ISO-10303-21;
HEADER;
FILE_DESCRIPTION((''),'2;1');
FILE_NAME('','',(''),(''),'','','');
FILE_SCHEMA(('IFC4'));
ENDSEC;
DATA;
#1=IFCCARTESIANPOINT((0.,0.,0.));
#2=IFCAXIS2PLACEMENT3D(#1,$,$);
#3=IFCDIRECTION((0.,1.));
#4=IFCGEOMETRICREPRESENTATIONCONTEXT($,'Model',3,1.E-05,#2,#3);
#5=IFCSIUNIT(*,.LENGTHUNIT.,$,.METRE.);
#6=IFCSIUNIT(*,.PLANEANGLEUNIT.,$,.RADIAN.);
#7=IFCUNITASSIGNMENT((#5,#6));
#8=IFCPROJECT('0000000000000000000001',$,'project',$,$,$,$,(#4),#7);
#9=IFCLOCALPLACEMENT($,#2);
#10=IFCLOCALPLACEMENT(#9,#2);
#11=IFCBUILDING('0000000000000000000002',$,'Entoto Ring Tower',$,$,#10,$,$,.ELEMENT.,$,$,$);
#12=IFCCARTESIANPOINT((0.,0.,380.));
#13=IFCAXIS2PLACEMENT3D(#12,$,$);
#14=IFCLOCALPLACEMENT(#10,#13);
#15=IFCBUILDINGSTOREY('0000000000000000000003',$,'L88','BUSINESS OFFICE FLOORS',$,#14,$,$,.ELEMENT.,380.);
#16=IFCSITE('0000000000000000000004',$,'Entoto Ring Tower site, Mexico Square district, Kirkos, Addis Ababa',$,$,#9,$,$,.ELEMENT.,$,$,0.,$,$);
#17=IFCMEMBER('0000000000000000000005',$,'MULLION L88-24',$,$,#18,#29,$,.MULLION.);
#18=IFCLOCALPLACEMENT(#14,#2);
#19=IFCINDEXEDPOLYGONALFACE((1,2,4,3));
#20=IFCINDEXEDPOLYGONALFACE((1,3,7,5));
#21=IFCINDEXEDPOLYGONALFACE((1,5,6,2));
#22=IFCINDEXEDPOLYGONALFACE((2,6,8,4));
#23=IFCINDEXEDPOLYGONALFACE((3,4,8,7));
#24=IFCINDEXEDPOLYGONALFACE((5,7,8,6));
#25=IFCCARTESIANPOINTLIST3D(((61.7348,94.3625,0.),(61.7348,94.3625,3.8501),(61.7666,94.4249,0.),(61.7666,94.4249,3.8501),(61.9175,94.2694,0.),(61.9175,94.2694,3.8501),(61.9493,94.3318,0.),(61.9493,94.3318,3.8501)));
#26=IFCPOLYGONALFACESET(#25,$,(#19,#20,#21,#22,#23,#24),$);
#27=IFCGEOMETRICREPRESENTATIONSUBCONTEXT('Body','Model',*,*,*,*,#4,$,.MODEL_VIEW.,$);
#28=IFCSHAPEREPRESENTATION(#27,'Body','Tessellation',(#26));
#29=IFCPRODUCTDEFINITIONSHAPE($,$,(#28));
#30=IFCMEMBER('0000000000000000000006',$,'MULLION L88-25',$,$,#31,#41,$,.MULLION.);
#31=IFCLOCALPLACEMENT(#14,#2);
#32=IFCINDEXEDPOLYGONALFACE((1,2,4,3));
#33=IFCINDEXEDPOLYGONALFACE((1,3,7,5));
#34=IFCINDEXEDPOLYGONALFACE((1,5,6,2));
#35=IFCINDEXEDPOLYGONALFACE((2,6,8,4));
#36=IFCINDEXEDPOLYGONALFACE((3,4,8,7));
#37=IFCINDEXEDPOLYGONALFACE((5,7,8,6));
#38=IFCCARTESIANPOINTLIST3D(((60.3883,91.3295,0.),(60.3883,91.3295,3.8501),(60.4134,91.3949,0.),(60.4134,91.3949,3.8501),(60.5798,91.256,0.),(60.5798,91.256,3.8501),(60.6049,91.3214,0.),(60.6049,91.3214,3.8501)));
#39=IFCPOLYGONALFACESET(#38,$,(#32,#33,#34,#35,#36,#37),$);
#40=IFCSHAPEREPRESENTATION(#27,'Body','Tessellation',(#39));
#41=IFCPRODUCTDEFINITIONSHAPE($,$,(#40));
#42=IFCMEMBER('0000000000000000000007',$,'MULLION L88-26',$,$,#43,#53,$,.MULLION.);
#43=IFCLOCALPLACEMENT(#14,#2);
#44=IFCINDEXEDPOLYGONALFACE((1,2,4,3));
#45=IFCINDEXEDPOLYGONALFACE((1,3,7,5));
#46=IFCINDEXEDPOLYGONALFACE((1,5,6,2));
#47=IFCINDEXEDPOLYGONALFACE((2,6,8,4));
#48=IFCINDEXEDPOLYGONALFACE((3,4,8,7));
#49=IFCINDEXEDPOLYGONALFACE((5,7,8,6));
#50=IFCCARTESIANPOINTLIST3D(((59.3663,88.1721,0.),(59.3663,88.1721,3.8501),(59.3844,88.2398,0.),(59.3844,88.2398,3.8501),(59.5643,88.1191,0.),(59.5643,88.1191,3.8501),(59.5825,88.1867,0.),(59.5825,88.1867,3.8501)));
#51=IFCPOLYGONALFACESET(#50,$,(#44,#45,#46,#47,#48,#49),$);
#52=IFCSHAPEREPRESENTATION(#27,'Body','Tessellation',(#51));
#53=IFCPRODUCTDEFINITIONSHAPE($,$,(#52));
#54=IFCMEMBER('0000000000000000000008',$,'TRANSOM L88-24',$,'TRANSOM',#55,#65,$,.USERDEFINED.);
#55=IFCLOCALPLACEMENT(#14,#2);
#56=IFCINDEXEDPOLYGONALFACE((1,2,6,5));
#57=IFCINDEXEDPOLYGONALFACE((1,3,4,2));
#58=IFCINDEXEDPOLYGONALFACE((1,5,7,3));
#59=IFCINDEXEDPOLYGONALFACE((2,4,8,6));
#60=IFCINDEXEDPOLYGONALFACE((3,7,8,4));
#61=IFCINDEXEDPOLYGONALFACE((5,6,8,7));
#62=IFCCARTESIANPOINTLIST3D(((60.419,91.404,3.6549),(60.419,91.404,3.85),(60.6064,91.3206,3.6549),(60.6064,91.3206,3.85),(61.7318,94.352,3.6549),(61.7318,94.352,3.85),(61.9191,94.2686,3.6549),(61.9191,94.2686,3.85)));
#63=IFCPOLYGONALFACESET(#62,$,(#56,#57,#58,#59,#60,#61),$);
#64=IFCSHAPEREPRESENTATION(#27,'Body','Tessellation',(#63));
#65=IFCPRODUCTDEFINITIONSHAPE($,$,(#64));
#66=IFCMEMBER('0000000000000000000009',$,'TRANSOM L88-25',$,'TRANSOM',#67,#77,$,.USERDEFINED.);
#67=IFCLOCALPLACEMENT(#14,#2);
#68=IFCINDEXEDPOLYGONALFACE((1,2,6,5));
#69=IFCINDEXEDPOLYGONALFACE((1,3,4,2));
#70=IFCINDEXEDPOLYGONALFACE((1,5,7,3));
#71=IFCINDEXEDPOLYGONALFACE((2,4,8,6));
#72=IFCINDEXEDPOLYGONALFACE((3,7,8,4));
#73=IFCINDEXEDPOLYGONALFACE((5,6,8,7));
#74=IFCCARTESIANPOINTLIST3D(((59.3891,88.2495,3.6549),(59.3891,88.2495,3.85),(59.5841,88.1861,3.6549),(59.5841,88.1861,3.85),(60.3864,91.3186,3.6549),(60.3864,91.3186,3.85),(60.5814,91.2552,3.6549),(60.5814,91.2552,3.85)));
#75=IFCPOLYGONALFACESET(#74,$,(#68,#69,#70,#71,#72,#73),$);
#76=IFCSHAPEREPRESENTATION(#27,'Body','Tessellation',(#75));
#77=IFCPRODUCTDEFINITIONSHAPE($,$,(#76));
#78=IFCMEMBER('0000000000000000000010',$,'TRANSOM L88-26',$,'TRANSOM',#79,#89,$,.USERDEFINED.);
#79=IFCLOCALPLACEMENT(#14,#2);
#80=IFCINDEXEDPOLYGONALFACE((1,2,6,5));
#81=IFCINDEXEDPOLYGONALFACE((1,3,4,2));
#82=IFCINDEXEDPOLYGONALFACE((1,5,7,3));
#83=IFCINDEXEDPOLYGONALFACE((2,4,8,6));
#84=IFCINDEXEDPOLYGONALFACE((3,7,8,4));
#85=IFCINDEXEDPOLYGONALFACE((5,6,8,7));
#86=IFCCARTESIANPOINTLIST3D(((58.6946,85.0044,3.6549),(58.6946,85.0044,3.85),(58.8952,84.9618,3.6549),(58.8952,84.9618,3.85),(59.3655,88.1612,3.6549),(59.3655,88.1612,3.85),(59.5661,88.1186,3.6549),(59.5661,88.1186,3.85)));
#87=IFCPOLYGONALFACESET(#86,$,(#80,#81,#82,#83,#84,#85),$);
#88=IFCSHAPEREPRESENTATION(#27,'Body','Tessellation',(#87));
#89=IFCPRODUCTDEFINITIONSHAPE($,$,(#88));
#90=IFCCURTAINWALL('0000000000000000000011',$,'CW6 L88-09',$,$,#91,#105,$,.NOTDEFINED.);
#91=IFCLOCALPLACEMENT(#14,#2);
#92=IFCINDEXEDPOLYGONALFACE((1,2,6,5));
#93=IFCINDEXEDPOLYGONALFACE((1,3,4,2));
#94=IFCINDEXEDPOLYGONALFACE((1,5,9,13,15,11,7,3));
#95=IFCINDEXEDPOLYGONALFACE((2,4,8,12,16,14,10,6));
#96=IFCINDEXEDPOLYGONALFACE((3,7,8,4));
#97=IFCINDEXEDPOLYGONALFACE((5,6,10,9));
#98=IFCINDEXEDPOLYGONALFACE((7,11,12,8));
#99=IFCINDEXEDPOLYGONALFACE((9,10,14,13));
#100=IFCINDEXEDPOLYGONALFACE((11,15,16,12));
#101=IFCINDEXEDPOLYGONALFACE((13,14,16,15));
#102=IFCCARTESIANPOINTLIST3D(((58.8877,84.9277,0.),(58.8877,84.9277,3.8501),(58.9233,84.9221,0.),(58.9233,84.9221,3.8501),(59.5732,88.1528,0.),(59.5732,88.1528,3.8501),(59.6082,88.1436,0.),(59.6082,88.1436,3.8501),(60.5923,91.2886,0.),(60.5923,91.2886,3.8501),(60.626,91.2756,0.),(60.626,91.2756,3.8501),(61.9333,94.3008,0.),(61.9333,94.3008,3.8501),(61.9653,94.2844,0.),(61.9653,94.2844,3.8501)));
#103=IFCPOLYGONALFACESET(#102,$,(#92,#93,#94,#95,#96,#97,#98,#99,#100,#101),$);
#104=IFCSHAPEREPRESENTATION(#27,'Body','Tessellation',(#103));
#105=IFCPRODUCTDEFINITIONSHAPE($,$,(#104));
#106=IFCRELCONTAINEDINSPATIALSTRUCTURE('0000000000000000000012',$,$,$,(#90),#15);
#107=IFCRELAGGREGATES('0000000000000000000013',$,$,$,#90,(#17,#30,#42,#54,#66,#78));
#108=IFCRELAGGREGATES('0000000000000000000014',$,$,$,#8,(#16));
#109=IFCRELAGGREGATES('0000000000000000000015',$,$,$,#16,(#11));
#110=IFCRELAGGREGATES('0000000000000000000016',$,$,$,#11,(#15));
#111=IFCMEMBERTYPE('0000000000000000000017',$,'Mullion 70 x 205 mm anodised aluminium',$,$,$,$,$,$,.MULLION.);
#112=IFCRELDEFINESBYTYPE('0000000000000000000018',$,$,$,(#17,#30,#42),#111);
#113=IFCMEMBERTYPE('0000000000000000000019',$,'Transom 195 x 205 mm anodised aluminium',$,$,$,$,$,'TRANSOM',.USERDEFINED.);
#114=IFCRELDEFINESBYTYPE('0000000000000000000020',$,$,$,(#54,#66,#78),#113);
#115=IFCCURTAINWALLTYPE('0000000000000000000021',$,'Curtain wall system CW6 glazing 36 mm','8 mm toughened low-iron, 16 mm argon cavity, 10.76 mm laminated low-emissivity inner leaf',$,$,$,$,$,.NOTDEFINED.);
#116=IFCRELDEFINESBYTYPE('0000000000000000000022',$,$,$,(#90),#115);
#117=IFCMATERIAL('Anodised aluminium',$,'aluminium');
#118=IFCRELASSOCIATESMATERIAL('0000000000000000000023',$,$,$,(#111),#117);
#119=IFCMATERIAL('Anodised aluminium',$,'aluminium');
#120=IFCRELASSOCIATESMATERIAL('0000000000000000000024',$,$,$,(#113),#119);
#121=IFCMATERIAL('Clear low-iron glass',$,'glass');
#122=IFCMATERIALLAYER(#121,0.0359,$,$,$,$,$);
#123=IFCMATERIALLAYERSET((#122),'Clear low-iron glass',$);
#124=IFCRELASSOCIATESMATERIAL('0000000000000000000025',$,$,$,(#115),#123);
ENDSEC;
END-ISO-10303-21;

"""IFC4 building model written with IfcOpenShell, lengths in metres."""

from ifc_helpers import new_model, si_unit, direction, frame, origin, origin_2d, place, context, subcontext, project, spatial, polyline, rectangle, outline, extrude, material, layer, layer_set, material_profile, profile_set, type_object, element, aggregate, save


model = new_model("IFC4")

# Units and contexts
model_context = context("Model", 3, precision=1e-05, world=origin(), true_north=direction((0.0, 1.0)))
body_context = subcontext(model_context, "Body", "Model", "MODEL_VIEW")
ifc_project = project(units=[si_unit("LENGTHUNIT", "METRE"), si_unit("PLANEANGLEUNIT", "RADIAN")], contexts=[model_context])

# Members
ifc_material_1 = material(Name="Anodised aluminium", Category="aluminium")
ifc_material_profile_1 = material_profile(ifc_material_1, rectangle(XDim=0.0701, YDim=0.2051, at=origin_2d()), Name="Mullion 70 x 205 mm anodised aluminium")
ifc_profile_set_1 = profile_set([ifc_material_profile_1], Name="Anodised aluminium")
member_type_1 = type_object("IfcMemberType", Name="Mullion 70 x 205 mm anodised aluminium", PredefinedType="MULLION", material=ifc_profile_set_1)
site_placement = place(None, origin())
building_placement = place(site_placement, origin())
storey_placement = place(building_placement, frame((0.0, 0.0, 380.0)))
member_1_placement = place(storey_placement, frame((61.842, 94.3472, 0.0), z_axis=(0.0, 0.0, 1.0), x_axis=(-0.45399, -0.891007, 0.0)))
member_1 = element("IfcMember", 1, at=member_1_placement, type_object=member_type_1, Name="MULLION L88-24", PredefinedType="MULLION", context=body_context, shape_type="SweptSolid", body=[
    extrude(rectangle(XDim=0.0701, YDim=0.2051, at=origin_2d()), origin(), (0.0, 0.0, 1.0), 3.8501),
])
member_2_placement = place(storey_placement, frame((60.4966, 91.3254, 0.0), z_axis=(0.0, 0.0, 1.0), x_axis=(-0.358368, -0.93358, 0.0)))
member_2 = element("IfcMember", 2, at=member_2_placement, type_object=member_type_1, Name="MULLION L88-25", PredefinedType="MULLION", context=body_context, shape_type="SweptSolid", body=[
    extrude(rectangle(XDim=0.0701, YDim=0.2051, at=origin_2d()), origin(), (0.0, 0.0, 1.0), 3.8501),
])
member_3_placement = place(storey_placement, frame((59.4744, 88.1794, 0.0), z_axis=(0.0, 0.0, 1.0), x_axis=(-0.258819, -0.965926, 0.0)))
member_3 = element("IfcMember", 3, at=member_3_placement, type_object=member_type_1, Name="MULLION L88-26", PredefinedType="MULLION", context=body_context, shape_type="SweptSolid", body=[
    extrude(rectangle(XDim=0.0701, YDim=0.2051, at=origin_2d()), origin(), (0.0, 0.0, 1.0), 3.8501),
])
ifc_material_2 = material(Name="Anodised aluminium", Category="aluminium")
ifc_material_profile_2 = material_profile(ifc_material_2, rectangle(XDim=0.2051, YDim=0.1951, at=origin_2d()), Name="Transom 195 x 205 mm anodised aluminium")
ifc_profile_set_2 = profile_set([ifc_material_profile_2], Name="Anodised aluminium")
member_type_2 = type_object("IfcMemberType", Name="Transom 195 x 205 mm anodised aluminium", ElementType="TRANSOM", PredefinedType="USERDEFINED", material=ifc_profile_set_2)
member_4_placement = place(storey_placement, frame((61.8254, 94.3103, 3.7524), z_axis=(-0.406791, -0.913521, 0.0), x_axis=(0.913521, -0.406791, 0.0)))
member_4 = element("IfcMember", 4, at=member_4_placement, type_object=member_type_2, Name="TRANSOM L88-24", ObjectType="TRANSOM", PredefinedType="USERDEFINED", context=body_context, shape_type="SweptSolid", body=[
    extrude(rectangle(XDim=0.2051, YDim=0.1951, at=origin_2d()), origin(), (0.0, 0.0, 1.0), 3.2271),
])
member_5_placement = place(storey_placement, frame((60.4839, 91.2869, 3.7524), z_axis=(-0.309047, -0.951047, 0.0), x_axis=(0.951047, -0.309047, 0.0)))
member_5 = element("IfcMember", 5, at=member_5_placement, type_object=member_type_2, Name="TRANSOM L88-25", ObjectType="TRANSOM", PredefinedType="USERDEFINED", context=body_context, shape_type="SweptSolid", body=[
    extrude(rectangle(XDim=0.2051, YDim=0.1951, at=origin_2d()), origin(), (0.0, 0.0, 1.0), 3.2271),
])
member_6_placement = place(storey_placement, frame((59.4658, 88.1399, 3.7524), z_axis=(-0.207886, -0.978153, 0.0), x_axis=(0.978153, -0.207886, 0.0)))
member_6 = element("IfcMember", 6, at=member_6_placement, type_object=member_type_2, Name="TRANSOM L88-26", ObjectType="TRANSOM", PredefinedType="USERDEFINED", context=body_context, shape_type="SweptSolid", body=[
    extrude(rectangle(XDim=0.2051, YDim=0.1951, at=origin_2d()), origin(), (0.0, 0.0, 1.0), 3.2273),
])

# Site, building, storey
site = spatial("IfcSite", under=ifc_project, at=site_placement, Name="Entoto Ring Tower site, Mexico Square district, Kirkos, Addis Ababa", CompositionType="ELEMENT", RefElevation=0.0)
building = spatial("IfcBuilding", under=site, at=building_placement, Name="Entoto Ring Tower", CompositionType="ELEMENT")
storey = spatial("IfcBuildingStorey", under=building, at=storey_placement, Name="L88", Description="BUSINESS OFFICE FLOORS", CompositionType="ELEMENT", Elevation=380.0)

# Curtain wall
ifc_material_3 = material(Name="Clear low-iron glass", Category="glass")
ifc_layer = layer(ifc_material_3, 0.0359)
ifc_layer_set = layer_set([ifc_layer], Name="Clear low-iron glass")
curtain_wall_type = type_object("IfcCurtainWallType", Name="Curtain wall system CW6 glazing 36 mm", Description="8 mm toughened low-iron, 16 mm argon cavity, 10.76 mm laminated low-emissivity inner leaf", PredefinedType="NOTDEFINED", material=ifc_layer_set)
curtain_wall_1_placement = place(storey_placement, origin())
curtain_wall_1 = element("IfcCurtainWall", 7, at=curtain_wall_1_placement, inside=storey, type_object=curtain_wall_type, Name="CW6 L88-09", PredefinedType="NOTDEFINED", context=body_context, shape_type="SweptSolid", body=[
    extrude(outline(polyline([(61.9333, 94.3008), (60.5923, 91.2886), (59.5732, 88.1528), (58.8877, 84.9277), (58.9233, 84.9221), (59.6082, 88.1436), (60.626, 91.2756), (61.9653, 94.2844), (61.9333, 94.3008)])), origin(), (0.0, 0.0, 1.0), 3.8501),
])
aggregate(curtain_wall_1, [member_1, member_2, member_3, member_4, member_5, member_6])

save(model, "model.ifc")
